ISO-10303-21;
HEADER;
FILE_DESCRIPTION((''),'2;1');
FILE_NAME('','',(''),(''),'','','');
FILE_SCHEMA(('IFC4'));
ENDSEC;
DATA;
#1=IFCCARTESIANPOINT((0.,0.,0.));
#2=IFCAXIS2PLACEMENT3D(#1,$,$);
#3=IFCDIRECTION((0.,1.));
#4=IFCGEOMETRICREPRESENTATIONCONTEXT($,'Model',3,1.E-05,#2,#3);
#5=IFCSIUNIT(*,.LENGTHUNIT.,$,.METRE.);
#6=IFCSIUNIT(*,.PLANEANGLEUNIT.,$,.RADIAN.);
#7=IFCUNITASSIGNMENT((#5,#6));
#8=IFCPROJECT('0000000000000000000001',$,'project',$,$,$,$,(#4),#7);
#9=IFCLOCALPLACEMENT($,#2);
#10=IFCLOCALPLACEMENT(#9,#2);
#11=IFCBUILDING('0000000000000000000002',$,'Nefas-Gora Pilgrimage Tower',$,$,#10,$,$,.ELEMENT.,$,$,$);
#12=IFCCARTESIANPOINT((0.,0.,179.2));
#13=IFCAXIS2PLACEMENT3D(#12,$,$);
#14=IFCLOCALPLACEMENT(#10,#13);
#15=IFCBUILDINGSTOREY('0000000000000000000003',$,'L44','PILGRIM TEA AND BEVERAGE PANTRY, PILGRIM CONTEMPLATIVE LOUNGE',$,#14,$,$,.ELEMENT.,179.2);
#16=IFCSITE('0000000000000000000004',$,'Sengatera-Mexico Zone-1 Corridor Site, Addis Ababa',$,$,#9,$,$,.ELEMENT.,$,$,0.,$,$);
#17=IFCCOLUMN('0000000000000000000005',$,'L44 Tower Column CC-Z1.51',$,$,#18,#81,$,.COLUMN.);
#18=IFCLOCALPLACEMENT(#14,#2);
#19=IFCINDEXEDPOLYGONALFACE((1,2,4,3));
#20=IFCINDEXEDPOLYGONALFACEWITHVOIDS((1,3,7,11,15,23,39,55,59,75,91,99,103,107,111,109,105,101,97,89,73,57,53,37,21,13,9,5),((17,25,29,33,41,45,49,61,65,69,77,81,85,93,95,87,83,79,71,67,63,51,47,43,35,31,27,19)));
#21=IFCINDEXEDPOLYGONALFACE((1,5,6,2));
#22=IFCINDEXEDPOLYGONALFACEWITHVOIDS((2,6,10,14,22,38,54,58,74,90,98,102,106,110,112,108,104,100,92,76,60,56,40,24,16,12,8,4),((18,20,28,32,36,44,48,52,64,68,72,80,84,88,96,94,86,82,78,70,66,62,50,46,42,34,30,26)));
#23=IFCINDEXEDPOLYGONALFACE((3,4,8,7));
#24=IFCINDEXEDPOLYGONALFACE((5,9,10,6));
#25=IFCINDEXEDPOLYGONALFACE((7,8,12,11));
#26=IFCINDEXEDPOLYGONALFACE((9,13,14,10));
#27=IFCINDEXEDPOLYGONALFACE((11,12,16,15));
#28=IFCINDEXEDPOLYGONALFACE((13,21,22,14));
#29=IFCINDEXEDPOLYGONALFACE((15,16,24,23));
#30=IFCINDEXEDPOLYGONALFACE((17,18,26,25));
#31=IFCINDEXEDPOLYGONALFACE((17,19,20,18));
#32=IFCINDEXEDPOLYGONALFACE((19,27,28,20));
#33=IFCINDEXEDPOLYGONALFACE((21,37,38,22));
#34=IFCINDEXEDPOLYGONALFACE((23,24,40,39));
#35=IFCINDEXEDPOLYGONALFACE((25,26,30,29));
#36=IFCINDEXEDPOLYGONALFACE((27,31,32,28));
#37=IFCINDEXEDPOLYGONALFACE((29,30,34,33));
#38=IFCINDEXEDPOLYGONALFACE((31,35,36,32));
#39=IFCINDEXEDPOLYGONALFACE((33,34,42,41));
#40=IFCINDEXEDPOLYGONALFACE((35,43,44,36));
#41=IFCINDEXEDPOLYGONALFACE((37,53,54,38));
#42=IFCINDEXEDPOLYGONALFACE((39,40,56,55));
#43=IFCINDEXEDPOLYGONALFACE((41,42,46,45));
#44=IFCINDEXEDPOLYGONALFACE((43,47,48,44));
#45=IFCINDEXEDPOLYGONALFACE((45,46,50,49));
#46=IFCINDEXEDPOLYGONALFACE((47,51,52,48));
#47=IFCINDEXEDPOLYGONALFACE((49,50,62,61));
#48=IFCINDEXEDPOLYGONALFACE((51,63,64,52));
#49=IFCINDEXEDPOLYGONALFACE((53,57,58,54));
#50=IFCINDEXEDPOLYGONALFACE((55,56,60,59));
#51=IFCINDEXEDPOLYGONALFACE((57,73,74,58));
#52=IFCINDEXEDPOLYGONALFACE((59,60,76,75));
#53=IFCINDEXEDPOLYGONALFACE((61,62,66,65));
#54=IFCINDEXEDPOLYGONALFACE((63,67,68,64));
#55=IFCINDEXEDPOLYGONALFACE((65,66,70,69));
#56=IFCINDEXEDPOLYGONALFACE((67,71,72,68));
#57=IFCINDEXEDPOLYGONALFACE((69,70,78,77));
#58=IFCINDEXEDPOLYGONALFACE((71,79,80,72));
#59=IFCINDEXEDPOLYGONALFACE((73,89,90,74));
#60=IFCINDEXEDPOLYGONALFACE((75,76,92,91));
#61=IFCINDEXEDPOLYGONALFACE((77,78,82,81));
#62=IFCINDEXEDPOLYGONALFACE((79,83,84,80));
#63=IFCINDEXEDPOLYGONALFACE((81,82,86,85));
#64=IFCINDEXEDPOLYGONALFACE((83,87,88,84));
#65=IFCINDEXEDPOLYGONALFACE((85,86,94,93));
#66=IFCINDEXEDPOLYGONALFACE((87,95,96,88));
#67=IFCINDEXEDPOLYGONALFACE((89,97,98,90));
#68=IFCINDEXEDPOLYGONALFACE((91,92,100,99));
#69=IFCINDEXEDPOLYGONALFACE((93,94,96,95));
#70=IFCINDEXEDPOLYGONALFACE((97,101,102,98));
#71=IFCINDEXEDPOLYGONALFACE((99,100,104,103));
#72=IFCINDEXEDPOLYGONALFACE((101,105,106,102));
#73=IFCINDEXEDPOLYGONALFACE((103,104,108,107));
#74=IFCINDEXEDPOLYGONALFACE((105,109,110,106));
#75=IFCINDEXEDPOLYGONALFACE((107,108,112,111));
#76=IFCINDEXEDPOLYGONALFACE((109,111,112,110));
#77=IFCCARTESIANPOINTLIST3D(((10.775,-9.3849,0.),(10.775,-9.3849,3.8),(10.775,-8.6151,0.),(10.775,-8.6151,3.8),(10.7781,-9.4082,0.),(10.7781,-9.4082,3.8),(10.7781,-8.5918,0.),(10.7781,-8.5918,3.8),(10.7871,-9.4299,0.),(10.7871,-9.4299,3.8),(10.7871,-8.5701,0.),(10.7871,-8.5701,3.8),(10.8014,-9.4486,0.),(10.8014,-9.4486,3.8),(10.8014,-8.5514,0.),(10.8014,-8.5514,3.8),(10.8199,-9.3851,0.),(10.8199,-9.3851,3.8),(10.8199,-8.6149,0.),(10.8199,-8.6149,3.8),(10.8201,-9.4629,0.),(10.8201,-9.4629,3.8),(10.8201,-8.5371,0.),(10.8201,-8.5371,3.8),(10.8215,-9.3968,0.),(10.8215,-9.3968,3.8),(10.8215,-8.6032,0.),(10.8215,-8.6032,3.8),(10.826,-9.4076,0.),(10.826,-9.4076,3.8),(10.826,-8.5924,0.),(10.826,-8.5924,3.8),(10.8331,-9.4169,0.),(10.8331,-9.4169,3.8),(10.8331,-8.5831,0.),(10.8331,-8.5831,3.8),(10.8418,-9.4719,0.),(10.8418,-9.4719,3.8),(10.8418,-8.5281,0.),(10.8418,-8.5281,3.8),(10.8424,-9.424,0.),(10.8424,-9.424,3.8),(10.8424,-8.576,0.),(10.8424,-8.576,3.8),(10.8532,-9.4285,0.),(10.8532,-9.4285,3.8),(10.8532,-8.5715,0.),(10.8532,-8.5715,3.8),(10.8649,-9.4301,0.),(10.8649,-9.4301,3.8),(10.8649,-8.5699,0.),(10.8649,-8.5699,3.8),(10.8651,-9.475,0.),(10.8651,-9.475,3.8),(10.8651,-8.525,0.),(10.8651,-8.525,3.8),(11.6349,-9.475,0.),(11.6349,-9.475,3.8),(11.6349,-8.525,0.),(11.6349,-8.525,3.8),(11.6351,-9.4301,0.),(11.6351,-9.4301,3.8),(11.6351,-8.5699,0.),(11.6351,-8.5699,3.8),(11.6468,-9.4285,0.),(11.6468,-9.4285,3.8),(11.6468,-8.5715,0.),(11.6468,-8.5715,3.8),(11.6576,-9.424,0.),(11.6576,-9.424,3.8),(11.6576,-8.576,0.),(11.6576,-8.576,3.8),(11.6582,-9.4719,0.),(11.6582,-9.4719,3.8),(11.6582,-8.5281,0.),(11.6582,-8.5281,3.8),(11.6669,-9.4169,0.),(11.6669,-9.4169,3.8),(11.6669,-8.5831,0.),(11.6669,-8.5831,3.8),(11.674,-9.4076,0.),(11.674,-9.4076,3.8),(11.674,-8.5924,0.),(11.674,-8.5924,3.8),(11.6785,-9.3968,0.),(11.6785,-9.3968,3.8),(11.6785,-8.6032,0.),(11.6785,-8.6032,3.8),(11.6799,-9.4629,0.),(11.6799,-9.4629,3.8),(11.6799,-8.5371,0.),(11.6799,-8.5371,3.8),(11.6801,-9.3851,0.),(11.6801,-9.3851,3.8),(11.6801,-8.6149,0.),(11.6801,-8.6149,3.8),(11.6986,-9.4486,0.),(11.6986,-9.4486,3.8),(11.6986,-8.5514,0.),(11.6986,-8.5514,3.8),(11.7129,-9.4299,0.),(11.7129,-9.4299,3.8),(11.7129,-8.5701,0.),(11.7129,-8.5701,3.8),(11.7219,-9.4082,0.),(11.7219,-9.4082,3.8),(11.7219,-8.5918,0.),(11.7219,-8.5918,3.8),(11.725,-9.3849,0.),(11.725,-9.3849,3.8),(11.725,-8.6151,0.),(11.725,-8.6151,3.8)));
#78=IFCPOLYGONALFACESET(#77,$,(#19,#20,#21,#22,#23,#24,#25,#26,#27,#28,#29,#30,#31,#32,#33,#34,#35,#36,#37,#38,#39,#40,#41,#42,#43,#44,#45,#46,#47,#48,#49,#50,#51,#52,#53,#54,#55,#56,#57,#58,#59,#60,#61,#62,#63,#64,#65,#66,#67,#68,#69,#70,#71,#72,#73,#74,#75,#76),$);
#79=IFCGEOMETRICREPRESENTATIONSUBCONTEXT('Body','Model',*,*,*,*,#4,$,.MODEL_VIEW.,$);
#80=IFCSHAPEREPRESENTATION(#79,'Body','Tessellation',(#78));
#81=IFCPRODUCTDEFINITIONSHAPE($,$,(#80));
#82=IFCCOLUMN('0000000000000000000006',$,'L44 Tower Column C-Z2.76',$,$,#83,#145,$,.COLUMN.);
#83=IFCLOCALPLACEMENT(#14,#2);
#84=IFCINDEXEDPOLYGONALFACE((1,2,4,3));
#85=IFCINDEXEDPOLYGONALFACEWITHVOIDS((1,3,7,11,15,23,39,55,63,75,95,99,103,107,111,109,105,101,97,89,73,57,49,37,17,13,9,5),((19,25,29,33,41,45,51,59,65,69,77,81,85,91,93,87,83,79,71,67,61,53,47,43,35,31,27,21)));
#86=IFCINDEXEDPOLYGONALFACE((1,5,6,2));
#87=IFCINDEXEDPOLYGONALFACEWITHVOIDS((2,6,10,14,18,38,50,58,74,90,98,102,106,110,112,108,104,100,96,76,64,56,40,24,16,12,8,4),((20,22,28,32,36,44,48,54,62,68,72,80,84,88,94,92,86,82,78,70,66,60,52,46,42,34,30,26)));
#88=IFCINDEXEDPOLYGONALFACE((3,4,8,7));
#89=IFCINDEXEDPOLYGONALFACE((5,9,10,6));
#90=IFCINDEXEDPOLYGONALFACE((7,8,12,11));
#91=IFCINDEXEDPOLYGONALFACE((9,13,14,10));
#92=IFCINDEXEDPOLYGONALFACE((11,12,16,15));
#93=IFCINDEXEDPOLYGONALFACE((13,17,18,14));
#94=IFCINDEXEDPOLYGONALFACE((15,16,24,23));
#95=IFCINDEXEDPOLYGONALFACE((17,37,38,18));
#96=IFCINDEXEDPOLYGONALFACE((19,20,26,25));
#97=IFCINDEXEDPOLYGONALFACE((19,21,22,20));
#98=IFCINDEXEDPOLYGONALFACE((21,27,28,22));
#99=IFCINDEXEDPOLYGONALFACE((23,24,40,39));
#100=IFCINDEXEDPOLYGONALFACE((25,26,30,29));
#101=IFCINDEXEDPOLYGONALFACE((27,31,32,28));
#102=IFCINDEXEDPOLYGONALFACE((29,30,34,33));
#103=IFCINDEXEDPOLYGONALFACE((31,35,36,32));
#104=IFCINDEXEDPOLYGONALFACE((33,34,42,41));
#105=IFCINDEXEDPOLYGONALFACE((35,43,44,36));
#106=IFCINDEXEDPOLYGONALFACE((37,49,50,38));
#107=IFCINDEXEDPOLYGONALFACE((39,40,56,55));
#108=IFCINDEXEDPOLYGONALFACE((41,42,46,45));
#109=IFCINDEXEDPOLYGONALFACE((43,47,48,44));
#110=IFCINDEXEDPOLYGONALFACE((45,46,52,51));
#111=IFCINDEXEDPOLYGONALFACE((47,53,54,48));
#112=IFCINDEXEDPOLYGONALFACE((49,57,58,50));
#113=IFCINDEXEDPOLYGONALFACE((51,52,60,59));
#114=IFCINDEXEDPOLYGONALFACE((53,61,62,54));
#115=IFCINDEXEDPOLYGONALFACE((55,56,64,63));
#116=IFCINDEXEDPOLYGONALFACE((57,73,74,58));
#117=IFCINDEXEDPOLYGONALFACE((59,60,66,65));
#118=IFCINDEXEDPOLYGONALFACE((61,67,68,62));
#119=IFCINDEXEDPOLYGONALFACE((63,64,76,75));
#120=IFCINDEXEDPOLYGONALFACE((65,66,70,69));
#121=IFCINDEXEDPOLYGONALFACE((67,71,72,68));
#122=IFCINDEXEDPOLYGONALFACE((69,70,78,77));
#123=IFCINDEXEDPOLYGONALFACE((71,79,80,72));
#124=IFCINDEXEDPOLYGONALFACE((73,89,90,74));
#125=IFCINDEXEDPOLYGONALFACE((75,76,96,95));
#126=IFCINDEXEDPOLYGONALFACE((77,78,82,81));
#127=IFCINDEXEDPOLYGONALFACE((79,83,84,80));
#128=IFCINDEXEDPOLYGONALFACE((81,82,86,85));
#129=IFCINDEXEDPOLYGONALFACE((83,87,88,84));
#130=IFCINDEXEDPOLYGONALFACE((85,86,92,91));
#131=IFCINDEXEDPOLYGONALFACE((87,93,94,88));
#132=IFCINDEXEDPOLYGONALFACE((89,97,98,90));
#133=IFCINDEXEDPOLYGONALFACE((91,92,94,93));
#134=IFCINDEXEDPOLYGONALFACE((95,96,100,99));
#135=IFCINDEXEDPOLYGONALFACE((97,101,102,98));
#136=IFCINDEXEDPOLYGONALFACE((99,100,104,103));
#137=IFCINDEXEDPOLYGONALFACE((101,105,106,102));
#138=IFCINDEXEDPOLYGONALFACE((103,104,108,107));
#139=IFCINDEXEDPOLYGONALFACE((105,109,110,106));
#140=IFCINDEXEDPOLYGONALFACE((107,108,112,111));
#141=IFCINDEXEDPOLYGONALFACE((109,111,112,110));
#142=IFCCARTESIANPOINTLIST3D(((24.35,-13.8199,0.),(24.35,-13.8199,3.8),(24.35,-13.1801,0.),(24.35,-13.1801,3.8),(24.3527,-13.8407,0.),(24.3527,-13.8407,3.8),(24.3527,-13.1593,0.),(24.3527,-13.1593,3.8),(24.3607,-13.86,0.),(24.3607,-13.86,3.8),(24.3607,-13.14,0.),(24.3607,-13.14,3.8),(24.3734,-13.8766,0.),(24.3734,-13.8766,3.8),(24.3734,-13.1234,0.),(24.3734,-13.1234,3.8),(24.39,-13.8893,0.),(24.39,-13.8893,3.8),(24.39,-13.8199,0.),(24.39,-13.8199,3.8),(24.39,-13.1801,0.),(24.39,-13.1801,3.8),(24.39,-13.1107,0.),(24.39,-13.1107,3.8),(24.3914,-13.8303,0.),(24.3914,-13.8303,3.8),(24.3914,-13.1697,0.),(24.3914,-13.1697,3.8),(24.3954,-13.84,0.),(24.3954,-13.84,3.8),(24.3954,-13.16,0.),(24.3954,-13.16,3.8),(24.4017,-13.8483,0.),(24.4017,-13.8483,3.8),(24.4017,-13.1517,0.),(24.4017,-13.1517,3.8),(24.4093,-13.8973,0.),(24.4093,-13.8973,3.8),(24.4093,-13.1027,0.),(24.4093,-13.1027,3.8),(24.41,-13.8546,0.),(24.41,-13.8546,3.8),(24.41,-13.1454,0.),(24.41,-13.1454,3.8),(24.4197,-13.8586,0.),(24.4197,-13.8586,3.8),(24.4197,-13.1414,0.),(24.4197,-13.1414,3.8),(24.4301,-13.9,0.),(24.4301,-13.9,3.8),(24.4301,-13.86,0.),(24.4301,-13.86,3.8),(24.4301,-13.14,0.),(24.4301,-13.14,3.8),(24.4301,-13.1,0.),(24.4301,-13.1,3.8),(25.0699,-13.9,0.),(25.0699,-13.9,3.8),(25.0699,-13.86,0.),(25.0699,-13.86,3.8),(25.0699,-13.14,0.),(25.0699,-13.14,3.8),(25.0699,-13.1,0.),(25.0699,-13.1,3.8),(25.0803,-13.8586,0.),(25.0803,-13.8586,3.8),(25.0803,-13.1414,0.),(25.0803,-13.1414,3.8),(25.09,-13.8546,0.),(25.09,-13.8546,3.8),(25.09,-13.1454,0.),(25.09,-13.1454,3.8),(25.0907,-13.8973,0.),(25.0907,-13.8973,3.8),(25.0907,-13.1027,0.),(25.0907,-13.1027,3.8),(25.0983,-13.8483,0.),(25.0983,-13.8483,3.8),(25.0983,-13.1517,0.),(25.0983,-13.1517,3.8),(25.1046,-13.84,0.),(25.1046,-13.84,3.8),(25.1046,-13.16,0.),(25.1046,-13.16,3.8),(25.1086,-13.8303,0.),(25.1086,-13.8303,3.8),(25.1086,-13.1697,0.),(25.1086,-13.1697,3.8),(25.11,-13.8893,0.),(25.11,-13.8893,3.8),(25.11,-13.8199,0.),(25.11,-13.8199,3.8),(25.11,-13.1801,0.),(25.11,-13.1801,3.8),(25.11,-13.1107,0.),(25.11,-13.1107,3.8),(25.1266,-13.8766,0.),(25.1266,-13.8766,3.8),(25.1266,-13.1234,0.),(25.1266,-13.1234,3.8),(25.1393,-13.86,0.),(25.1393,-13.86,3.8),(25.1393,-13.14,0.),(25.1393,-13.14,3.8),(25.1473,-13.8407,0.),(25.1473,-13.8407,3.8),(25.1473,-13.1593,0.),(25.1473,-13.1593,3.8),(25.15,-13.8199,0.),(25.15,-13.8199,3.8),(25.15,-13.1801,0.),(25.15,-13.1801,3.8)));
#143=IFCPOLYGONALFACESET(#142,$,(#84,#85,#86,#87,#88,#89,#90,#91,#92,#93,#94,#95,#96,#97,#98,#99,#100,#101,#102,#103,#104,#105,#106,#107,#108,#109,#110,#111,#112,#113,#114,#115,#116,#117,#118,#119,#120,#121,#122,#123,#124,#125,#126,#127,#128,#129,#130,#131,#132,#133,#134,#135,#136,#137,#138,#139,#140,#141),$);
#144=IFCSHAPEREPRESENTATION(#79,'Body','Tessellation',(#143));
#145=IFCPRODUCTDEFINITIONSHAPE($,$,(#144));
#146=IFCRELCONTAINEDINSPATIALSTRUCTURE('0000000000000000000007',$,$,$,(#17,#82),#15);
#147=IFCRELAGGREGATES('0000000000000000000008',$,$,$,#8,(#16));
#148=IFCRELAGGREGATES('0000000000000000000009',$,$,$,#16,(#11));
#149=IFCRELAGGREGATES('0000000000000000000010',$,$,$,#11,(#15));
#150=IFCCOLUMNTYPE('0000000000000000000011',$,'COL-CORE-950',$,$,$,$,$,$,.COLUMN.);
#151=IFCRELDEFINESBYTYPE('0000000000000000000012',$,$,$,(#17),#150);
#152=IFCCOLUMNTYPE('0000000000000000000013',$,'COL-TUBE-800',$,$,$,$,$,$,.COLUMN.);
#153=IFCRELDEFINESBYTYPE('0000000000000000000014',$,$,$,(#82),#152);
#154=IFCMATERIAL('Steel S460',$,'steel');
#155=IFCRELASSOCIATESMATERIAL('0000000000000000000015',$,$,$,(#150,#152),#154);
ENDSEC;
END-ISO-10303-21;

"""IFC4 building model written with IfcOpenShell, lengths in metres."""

from ifc_helpers import new_model, si_unit, direction, frame, origin, origin_2d, place, context, subcontext, project, spatial, hollow_rectangle, extrude, source, transform, mapped, material, material_profile, profile_set, type_object, element, save


model = new_model("IFC4")

# Units and contexts
model_context = context("Model", 3, precision=1e-05, world=origin(), true_north=direction((0.0, 1.0)))
body_context = subcontext(model_context, "Body", "Model", "MODEL_VIEW")
ifc_project = project(units=[si_unit("LENGTHUNIT", "METRE"), si_unit("PLANEANGLEUNIT", "RADIAN")], contexts=[model_context])

# Site, building, storey
site_placement = place(None, origin())
site = spatial("IfcSite", under=ifc_project, at=site_placement, Name="Sengatera-Mexico Zone-1 Corridor Site, Addis Ababa", CompositionType="ELEMENT", RefElevation=0.0)
building_placement = place(site_placement, origin())
building = spatial("IfcBuilding", under=site, at=building_placement, Name="Nefas-Gora Pilgrimage Tower", CompositionType="ELEMENT")
storey_placement = place(building_placement, frame((0.0, 0.0, 179.2)))
storey = spatial("IfcBuildingStorey", under=building, at=storey_placement, Name="L44", Description="PILGRIM TEA AND BEVERAGE PANTRY, PILGRIM CONTEMPLATIVE LOUNGE", CompositionType="ELEMENT", Elevation=179.2)

# Columns
ifc_material_1 = material(Name="Steel S460", Category="steel")
ifc_material_profile_1 = material_profile(ifc_material_1, hollow_rectangle(XDim=0.95, YDim=0.95, WallThickness=0.0449, InnerFilletRadius=0.0449, OuterFilletRadius=0.0901, at=origin_2d()), Name="BOX 950x950x45")
ifc_profile_set_1 = profile_set([ifc_material_profile_1], Name="Steel S460")
column_type_1 = type_object("IfcColumnType", Name="COL-CORE-950", PredefinedType="COLUMN", material=ifc_profile_set_1)
shared_shape_1 = source(origin(), body_context, "Body", "SweptSolid", [
    extrude(hollow_rectangle(XDim=0.95, YDim=0.95, WallThickness=0.0449, InnerFilletRadius=0.0449, OuterFilletRadius=0.0901, at=origin_2d()), origin(), (0.0, 0.0, 1.0), 3.8),
])
column_placement = place(storey_placement, frame((11.25, -9.0, 0.0), z_axis=(0.0, 0.0, 1.0), x_axis=(1.0, 0.0, 0.0)))
element("IfcColumn", 1, at=column_placement, inside=storey, type_object=column_type_1, Name="L44 Tower Column CC-Z1.51", PredefinedType="COLUMN", context=body_context, shape_type="MappedRepresentation", body=[
    mapped(shared_shape_1, transform((0.0, 0.0, 0.0), x_axis=(1.0, 0.0, 0.0), y_axis=(0.0, 1.0, 0.0), z_axis=(0.0, 0.0, 1.0), scale=1.0)),
])
ifc_material_profile_2 = material_profile(ifc_material_1, hollow_rectangle(XDim=0.8, YDim=0.8, WallThickness=0.04, InnerFilletRadius=0.04, OuterFilletRadius=0.0801, at=origin_2d()), Name="BOX 800x800x40")
ifc_profile_set_2 = profile_set([ifc_material_profile_2], Name="Steel S460")
column_type_2 = type_object("IfcColumnType", Name="COL-TUBE-800", PredefinedType="COLUMN", material=ifc_profile_set_2)
shared_shape_2 = source(origin(), body_context, "Body", "SweptSolid", [
    extrude(hollow_rectangle(XDim=0.8, YDim=0.8, WallThickness=0.04, InnerFilletRadius=0.04, OuterFilletRadius=0.0801, at=origin_2d()), origin(), (0.0, 0.0, 1.0), 3.8),
])
for number, where, z_axis, x_axis, name in (
    (2, (24.75, -13.5, 0.0), (0.0, 0.0, 1.0), (1.0, 0.0, 0.0), "L44 Tower Column C-Z2.76"),
):
    element("IfcColumn", number, at=place(storey_placement, frame(where, z_axis=z_axis, x_axis=x_axis)), inside=storey, type_object=column_type_2, Name=name, PredefinedType="COLUMN", context=body_context, shape_type="MappedRepresentation", body=[
        mapped(shared_shape_2, transform((0.0, 0.0, 0.0), x_axis=(1.0, 0.0, 0.0), y_axis=(0.0, 1.0, 0.0), z_axis=(0.0, 0.0, 1.0), scale=1.0)),
    ])

save(model, "model.ifc")
